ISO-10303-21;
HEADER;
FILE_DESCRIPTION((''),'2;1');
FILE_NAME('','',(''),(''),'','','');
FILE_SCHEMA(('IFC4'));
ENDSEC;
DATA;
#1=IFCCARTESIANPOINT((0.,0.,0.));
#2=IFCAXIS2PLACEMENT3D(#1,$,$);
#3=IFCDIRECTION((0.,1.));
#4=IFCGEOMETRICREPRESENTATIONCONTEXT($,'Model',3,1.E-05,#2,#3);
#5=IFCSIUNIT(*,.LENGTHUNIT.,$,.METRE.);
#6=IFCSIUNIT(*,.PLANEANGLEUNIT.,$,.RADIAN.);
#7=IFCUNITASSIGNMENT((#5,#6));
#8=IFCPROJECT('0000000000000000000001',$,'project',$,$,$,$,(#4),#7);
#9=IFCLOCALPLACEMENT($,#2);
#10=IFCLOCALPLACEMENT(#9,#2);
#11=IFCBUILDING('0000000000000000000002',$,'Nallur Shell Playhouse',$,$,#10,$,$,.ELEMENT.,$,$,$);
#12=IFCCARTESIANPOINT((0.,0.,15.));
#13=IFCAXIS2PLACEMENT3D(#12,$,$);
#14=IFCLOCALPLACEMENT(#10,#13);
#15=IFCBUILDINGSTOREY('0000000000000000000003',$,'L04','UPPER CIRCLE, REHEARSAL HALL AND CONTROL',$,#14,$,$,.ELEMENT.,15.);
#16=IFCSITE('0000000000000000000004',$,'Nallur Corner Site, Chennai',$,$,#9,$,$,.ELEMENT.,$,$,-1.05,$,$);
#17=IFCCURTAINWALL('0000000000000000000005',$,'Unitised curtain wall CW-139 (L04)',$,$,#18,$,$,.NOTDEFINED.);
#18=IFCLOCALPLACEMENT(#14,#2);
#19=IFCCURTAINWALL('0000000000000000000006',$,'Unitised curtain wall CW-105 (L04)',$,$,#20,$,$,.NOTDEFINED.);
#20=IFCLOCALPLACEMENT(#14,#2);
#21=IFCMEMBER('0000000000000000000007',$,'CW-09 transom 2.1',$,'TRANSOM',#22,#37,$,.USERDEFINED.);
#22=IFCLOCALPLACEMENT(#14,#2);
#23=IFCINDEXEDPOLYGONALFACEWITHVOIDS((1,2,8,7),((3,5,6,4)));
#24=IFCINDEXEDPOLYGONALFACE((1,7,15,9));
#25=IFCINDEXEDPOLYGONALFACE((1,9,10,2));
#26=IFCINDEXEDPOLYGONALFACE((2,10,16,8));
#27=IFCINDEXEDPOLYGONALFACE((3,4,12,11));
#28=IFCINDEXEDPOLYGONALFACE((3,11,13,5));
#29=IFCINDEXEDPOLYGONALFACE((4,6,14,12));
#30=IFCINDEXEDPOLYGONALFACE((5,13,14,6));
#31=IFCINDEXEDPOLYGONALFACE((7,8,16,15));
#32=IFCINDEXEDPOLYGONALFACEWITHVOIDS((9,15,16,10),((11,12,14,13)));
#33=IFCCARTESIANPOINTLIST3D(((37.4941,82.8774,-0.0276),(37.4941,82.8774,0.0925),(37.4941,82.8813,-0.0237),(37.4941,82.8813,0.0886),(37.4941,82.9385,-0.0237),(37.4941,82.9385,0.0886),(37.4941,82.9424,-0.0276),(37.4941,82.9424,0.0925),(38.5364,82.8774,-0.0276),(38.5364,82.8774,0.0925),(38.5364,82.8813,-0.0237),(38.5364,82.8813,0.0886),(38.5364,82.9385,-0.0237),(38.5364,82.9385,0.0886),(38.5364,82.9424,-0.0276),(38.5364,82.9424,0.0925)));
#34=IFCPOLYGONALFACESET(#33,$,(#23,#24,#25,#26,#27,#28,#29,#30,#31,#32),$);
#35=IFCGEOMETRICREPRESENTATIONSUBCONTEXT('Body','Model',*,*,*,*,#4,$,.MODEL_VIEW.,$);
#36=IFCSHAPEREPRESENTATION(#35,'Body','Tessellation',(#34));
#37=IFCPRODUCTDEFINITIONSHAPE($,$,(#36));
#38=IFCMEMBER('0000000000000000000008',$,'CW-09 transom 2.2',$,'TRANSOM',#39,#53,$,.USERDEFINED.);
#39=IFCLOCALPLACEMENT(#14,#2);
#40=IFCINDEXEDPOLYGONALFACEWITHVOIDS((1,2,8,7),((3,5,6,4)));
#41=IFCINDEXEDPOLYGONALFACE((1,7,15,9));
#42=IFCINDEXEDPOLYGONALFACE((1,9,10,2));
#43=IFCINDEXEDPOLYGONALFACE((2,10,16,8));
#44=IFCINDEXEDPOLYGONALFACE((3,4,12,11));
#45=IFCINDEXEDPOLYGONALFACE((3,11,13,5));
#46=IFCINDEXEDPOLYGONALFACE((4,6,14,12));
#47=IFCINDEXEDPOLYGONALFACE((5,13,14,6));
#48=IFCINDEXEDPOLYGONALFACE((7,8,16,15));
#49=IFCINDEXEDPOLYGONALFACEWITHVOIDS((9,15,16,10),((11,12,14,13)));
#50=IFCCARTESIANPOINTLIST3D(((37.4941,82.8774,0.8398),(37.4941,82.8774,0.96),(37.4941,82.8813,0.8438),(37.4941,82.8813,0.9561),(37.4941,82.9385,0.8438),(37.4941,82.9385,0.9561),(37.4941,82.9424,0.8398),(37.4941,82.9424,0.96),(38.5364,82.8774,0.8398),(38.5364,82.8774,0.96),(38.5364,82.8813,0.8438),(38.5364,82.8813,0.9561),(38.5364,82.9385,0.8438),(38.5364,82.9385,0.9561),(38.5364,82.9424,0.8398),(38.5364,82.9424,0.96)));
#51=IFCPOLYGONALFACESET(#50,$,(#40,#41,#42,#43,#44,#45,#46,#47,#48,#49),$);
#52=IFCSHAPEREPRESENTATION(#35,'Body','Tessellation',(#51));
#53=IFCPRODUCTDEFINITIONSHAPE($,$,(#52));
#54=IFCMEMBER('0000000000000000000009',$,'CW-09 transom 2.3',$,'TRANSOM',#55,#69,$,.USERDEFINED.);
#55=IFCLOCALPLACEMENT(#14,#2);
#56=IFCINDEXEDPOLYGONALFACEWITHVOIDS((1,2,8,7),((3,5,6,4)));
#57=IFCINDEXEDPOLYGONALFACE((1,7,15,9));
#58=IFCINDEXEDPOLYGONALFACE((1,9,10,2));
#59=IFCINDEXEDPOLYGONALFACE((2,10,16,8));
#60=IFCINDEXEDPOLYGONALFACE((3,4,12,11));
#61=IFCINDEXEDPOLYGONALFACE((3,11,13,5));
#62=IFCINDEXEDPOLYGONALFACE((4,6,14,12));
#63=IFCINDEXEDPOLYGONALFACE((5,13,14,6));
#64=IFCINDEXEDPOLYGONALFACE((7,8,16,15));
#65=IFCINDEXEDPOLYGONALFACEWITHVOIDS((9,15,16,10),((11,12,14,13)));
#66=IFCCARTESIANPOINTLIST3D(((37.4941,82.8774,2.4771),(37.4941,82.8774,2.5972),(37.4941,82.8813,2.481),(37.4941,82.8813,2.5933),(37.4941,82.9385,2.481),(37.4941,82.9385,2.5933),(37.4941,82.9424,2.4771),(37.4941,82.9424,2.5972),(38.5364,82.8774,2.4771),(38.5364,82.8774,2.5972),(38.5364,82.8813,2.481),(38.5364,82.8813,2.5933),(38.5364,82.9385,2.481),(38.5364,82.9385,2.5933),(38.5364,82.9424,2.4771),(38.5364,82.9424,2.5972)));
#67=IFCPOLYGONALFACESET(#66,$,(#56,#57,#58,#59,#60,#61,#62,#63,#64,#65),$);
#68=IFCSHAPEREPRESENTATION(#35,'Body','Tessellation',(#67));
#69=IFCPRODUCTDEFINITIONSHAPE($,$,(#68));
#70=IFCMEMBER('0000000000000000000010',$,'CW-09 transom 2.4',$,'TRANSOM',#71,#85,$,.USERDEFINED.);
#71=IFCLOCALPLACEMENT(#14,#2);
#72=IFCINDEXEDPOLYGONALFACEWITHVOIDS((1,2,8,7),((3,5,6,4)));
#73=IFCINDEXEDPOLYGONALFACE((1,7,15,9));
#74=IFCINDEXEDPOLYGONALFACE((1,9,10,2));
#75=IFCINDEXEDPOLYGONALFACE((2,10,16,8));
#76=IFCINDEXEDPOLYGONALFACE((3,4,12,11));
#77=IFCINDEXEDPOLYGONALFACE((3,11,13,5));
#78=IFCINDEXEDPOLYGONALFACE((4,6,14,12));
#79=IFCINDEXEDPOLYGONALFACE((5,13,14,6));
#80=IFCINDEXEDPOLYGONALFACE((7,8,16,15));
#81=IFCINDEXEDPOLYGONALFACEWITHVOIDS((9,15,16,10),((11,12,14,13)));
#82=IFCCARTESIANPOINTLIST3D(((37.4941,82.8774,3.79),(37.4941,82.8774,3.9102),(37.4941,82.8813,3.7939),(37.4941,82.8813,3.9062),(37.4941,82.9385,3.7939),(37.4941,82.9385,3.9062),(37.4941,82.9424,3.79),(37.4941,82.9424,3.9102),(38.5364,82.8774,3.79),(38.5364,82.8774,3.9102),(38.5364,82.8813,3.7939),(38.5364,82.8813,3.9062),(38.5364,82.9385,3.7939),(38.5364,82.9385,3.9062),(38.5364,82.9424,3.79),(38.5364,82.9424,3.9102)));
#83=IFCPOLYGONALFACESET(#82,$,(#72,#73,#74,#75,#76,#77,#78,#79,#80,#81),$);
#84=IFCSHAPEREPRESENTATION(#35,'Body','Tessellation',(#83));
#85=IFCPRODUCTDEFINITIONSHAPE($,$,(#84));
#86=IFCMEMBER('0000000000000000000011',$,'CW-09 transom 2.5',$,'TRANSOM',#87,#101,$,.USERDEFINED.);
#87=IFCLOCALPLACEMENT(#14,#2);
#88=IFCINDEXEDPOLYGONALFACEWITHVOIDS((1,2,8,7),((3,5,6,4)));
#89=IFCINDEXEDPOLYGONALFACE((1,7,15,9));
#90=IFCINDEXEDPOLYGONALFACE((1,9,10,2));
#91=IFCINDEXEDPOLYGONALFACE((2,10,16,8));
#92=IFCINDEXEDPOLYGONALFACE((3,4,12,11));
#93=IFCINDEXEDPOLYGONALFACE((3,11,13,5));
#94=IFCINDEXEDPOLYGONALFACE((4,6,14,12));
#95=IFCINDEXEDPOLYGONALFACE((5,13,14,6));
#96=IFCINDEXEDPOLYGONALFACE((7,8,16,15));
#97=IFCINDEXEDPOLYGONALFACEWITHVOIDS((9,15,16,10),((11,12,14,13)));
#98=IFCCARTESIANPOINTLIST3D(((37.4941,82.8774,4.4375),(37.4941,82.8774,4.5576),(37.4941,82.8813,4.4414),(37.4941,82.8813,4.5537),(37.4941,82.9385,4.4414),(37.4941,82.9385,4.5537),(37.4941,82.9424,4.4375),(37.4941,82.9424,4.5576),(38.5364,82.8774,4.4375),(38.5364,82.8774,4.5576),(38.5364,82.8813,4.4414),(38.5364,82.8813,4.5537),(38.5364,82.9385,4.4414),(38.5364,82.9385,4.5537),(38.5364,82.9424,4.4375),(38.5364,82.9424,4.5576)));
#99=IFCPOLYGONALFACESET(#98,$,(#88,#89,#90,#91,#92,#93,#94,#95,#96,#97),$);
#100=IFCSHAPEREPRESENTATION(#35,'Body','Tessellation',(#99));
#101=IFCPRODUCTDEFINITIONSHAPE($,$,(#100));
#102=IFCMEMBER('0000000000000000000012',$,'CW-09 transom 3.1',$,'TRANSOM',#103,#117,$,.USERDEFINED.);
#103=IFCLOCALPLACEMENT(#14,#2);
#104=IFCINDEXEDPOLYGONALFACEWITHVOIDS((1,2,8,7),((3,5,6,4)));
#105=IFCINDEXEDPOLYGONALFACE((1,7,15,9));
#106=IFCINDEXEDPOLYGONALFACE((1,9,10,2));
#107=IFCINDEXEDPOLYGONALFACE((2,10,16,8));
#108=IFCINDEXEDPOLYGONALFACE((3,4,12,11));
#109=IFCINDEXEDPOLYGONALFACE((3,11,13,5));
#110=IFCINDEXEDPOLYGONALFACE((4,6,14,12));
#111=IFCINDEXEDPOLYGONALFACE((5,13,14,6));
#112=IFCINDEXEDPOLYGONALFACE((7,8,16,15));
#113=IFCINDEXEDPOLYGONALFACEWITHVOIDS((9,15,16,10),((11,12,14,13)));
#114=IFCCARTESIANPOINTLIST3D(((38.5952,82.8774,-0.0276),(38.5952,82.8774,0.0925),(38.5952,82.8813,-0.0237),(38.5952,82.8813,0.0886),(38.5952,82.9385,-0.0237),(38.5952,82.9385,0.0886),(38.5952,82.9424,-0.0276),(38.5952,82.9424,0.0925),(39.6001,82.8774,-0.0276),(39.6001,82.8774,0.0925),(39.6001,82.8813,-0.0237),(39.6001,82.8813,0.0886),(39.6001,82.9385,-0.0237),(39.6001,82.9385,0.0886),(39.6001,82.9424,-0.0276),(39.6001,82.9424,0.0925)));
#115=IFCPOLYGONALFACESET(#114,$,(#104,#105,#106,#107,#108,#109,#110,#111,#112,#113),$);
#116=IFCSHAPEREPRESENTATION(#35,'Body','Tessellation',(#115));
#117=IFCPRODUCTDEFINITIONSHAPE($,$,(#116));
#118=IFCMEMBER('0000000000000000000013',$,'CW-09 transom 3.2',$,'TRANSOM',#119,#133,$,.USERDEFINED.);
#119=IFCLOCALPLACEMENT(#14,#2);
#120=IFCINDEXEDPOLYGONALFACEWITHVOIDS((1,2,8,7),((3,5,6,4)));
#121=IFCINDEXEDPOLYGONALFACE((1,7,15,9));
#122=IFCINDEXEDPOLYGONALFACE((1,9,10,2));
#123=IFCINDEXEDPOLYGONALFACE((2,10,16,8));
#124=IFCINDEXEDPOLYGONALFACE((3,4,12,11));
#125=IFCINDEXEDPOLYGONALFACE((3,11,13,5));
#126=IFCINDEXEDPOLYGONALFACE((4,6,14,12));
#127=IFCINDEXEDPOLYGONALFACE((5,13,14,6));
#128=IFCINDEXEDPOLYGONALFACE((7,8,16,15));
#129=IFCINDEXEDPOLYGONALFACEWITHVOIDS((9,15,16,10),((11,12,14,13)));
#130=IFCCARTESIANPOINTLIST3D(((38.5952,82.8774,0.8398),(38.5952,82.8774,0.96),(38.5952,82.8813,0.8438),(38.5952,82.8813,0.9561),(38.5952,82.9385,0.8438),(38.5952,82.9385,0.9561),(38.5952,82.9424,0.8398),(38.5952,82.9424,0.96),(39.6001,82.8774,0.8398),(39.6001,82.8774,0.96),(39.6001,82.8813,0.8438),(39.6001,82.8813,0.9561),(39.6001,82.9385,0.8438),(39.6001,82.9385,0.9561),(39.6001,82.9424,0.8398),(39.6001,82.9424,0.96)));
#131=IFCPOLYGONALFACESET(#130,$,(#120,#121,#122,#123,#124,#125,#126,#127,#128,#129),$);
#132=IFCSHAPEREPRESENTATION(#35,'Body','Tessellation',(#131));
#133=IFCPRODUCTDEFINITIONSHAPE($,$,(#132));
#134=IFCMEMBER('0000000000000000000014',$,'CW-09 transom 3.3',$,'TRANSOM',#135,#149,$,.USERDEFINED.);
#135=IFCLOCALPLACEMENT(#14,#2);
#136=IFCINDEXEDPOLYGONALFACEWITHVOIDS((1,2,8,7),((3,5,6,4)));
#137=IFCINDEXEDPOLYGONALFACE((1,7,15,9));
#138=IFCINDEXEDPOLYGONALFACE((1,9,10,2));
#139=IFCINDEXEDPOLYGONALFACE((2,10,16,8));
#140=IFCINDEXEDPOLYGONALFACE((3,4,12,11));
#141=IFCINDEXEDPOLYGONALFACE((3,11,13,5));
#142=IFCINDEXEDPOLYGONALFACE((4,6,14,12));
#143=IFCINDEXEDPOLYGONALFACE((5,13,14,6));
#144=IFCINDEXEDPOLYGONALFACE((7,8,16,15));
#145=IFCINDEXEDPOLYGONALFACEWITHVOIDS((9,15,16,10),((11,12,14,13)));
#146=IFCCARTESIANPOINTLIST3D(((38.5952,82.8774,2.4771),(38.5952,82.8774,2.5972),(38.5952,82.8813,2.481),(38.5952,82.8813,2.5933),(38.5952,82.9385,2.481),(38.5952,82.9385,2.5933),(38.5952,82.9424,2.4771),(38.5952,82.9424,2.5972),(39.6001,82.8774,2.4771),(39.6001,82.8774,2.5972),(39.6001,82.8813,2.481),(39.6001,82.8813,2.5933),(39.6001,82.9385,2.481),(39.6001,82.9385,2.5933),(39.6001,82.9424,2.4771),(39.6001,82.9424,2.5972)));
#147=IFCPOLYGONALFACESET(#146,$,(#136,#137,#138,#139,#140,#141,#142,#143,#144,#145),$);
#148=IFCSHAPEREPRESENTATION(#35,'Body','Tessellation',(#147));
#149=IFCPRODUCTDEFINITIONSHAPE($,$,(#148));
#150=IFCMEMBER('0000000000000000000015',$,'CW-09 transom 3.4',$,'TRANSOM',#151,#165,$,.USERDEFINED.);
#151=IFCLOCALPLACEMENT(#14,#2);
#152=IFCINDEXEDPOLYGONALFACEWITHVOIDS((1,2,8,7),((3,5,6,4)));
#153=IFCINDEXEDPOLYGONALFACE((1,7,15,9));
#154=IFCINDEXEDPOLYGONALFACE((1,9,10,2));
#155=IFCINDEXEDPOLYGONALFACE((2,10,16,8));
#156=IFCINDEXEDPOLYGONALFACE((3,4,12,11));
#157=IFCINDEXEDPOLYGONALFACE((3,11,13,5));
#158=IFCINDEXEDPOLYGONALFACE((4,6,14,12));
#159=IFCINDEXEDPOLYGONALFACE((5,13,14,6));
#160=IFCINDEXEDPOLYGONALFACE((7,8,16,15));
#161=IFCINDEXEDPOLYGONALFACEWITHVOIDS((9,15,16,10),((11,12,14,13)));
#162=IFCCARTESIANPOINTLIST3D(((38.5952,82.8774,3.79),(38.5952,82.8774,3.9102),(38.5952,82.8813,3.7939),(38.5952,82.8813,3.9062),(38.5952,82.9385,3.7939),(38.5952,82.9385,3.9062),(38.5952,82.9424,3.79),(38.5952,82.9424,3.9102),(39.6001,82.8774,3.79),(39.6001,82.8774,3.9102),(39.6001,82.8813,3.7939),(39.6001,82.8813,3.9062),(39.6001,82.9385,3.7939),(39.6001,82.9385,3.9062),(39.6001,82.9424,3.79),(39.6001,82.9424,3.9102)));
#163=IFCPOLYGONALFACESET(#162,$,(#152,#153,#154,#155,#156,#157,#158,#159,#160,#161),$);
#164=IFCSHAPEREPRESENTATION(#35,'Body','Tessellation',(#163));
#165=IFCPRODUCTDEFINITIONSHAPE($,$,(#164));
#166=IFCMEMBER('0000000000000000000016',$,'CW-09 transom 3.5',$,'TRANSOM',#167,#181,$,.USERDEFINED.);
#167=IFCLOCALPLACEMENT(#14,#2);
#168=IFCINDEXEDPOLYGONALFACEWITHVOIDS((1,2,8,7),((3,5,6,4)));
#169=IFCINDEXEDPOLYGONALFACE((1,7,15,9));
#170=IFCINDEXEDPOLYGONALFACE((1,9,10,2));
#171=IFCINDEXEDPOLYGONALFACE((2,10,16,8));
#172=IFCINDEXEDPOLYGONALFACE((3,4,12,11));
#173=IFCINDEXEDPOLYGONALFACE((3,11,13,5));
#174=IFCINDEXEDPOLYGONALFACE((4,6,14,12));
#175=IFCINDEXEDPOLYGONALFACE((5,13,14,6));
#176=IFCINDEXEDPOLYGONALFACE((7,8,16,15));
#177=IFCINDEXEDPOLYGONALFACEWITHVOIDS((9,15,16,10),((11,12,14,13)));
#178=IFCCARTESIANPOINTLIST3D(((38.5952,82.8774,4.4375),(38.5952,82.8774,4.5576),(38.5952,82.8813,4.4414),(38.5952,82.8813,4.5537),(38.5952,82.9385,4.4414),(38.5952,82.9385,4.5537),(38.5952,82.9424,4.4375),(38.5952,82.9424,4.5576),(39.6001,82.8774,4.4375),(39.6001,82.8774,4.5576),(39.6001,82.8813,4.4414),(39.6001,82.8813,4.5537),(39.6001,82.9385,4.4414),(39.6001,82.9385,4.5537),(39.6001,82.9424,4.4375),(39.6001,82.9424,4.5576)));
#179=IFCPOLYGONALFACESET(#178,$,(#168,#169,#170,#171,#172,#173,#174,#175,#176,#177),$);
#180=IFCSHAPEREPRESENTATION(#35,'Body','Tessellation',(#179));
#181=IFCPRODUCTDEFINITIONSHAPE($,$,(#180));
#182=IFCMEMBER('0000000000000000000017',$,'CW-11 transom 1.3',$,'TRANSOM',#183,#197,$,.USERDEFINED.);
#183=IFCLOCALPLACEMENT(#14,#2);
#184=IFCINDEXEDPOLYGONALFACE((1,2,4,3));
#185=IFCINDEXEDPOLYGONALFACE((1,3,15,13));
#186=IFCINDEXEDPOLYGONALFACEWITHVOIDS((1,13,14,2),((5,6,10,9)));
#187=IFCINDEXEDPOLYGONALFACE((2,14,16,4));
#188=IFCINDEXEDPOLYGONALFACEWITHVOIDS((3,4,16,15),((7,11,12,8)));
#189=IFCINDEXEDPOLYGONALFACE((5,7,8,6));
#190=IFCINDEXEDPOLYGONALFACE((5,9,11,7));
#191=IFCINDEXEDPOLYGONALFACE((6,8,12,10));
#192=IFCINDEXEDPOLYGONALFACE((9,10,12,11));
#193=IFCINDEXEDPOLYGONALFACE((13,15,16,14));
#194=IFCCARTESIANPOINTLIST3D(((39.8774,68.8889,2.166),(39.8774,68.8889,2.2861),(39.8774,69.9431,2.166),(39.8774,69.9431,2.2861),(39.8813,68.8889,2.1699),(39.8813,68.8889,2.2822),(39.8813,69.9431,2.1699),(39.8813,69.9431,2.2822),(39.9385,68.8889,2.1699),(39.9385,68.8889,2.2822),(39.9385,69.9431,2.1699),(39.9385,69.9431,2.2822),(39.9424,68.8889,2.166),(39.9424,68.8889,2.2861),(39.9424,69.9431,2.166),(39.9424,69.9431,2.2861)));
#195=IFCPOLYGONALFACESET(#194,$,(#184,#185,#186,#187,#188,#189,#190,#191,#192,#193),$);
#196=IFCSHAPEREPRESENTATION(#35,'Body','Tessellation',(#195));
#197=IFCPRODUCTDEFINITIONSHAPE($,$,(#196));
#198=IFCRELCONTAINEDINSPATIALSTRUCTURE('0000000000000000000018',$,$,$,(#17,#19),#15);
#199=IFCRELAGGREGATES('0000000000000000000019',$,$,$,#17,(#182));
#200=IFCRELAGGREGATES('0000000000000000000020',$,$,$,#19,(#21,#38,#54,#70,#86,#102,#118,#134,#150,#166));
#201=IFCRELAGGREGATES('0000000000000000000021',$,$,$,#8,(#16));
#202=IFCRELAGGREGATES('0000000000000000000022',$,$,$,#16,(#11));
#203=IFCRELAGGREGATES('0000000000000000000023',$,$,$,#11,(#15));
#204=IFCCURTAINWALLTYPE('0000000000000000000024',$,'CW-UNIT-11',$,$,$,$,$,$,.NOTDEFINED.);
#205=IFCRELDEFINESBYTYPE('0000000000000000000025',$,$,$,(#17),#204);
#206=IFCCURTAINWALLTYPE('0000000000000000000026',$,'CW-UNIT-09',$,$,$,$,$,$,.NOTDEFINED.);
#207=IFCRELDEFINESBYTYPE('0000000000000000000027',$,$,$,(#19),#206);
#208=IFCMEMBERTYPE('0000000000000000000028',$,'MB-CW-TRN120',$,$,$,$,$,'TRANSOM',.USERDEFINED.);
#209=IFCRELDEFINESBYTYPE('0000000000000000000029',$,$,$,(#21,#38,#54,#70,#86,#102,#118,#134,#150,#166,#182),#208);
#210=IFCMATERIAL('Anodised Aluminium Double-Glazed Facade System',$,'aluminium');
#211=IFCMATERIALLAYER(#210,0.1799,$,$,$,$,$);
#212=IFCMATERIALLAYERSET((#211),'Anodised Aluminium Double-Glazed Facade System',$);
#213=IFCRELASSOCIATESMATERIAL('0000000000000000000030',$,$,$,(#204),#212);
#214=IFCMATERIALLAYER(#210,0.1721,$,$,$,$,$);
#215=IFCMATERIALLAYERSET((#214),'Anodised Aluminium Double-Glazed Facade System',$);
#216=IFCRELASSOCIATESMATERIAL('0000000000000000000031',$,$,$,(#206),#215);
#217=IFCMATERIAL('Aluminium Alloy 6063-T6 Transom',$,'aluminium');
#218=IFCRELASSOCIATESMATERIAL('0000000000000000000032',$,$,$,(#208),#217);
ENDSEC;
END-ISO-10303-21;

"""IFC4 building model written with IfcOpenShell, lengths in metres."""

from ifc_helpers import new_model, si_unit, direction, frame, origin, origin_2d, place, context, subcontext, project, spatial, hollow_rectangle, extrude, material, layer, layer_set, material_profile, profile_set, type_object, element, aggregate, save


model = new_model("IFC4")

# Units and contexts
model_context = context("Model", 3, precision=1e-05, world=origin(), true_north=direction((0.0, 1.0)))
body_context = subcontext(model_context, "Body", "Model", "MODEL_VIEW")
ifc_project = project(units=[si_unit("LENGTHUNIT", "METRE"), si_unit("PLANEANGLEUNIT", "RADIAN")], contexts=[model_context])

# Site, building, storey
site_placement = place(None, origin())
site = spatial("IfcSite", under=ifc_project, at=site_placement, Name="Nallur Corner Site, Chennai", CompositionType="ELEMENT", RefElevation=-1.05)
building_placement = place(site_placement, origin())
building = spatial("IfcBuilding", under=site, at=building_placement, Name="Nallur Shell Playhouse", CompositionType="ELEMENT")
storey_placement = place(building_placement, frame((0.0, 0.0, 15.0)))
storey = spatial("IfcBuildingStorey", under=building, at=storey_placement, Name="L04", Description="UPPER CIRCLE, REHEARSAL HALL AND CONTROL", CompositionType="ELEMENT", Elevation=15.0)

# Curtain wall
ifc_material_1 = material(Name="Anodised Aluminium Double-Glazed Facade System", Category="aluminium")
ifc_layer_1 = layer(ifc_material_1, 0.1799)
ifc_layer_set_1 = layer_set([ifc_layer_1], Name="Anodised Aluminium Double-Glazed Facade System")
curtain_wall_type_1 = type_object("IfcCurtainWallType", Name="CW-UNIT-11", PredefinedType="NOTDEFINED", material=ifc_layer_set_1)
curtain_wall_1_placement = place(storey_placement, origin())
curtain_wall_1 = element("IfcCurtainWall", 1, at=curtain_wall_1_placement, inside=storey, type_object=curtain_wall_type_1, Name="Unitised curtain wall CW-139 (L04)", PredefinedType="NOTDEFINED")

# Curtain wall, members
ifc_layer_2 = layer(ifc_material_1, 0.1721)
ifc_layer_set_2 = layer_set([ifc_layer_2], Name="Anodised Aluminium Double-Glazed Facade System")
curtain_wall_type_2 = type_object("IfcCurtainWallType", Name="CW-UNIT-09", PredefinedType="NOTDEFINED", material=ifc_layer_set_2)
curtain_wall_2_placement = place(storey_placement, origin())
curtain_wall_2 = element("IfcCurtainWall", 2, at=curtain_wall_2_placement, inside=storey, type_object=curtain_wall_type_2, Name="Unitised curtain wall CW-105 (L04)", PredefinedType="NOTDEFINED")
ifc_material_2 = material(Name="Aluminium Alloy 6063-T6 Transom", Category="aluminium")
ifc_material_profile_1 = material_profile(ifc_material_2, hollow_rectangle(XDim=0.0649, YDim=0.1201, WallThickness=0.0039, at=origin_2d()), Name="ALU 65x120x4")
ifc_profile_set_1 = profile_set([ifc_material_profile_1], Name="Aluminium Alloy 6063-T6 Transom")
member_type_1 = type_object("IfcMemberType", Name="MB-CW-TRN120", ElementType="TRANSOM", PredefinedType="USERDEFINED", material=ifc_profile_set_1)
member_1_placement = place(storey_placement, frame((37.4941, 82.9099, 0.0325), z_axis=(1.0, 0.0, 0.0), x_axis=(0.0, 1.0, 0.0)))
member_1 = element("IfcMember", 3, at=member_1_placement, type_object=member_type_1, Name="CW-09 transom 2.1", ObjectType="TRANSOM", PredefinedType="USERDEFINED", context=body_context, shape_type="SweptSolid", body=[
    extrude(hollow_rectangle(XDim=0.0649, YDim=0.1201, WallThickness=0.0039, at=origin_2d()), origin(), (0.0, 0.0, 1.0), 1.0422),
])
member_2_placement = place(storey_placement, frame((37.4941, 82.9099, 0.8999), z_axis=(1.0, 0.0, 0.0), x_axis=(0.0, 1.0, 0.0)))
member_2 = element("IfcMember", 4, at=member_2_placement, type_object=member_type_1, Name="CW-09 transom 2.2", ObjectType="TRANSOM", PredefinedType="USERDEFINED", context=body_context, shape_type="SweptSolid", body=[
    extrude(hollow_rectangle(XDim=0.0649, YDim=0.1201, WallThickness=0.0039, at=origin_2d()), origin(), (0.0, 0.0, 1.0), 1.0422),
])
member_3_placement = place(storey_placement, frame((37.4941, 82.9099, 2.5371), z_axis=(1.0, 0.0, 0.0), x_axis=(0.0, 1.0, 0.0)))
member_3 = element("IfcMember", 5, at=member_3_placement, type_object=member_type_1, Name="CW-09 transom 2.3", ObjectType="TRANSOM", PredefinedType="USERDEFINED", context=body_context, shape_type="SweptSolid", body=[
    extrude(hollow_rectangle(XDim=0.0649, YDim=0.1201, WallThickness=0.0039, at=origin_2d()), origin(), (0.0, 0.0, 1.0), 1.0422),
])
member_4_placement = place(storey_placement, frame((37.4941, 82.9099, 3.8501), z_axis=(1.0, 0.0, 0.0), x_axis=(0.0, 1.0, 0.0)))
member_4 = element("IfcMember", 6, at=member_4_placement, type_object=member_type_1, Name="CW-09 transom 2.4", ObjectType="TRANSOM", PredefinedType="USERDEFINED", context=body_context, shape_type="SweptSolid", body=[
    extrude(hollow_rectangle(XDim=0.0649, YDim=0.1201, WallThickness=0.0039, at=origin_2d()), origin(), (0.0, 0.0, 1.0), 1.0422),
])
member_5_placement = place(storey_placement, frame((37.4941, 82.9099, 4.4976), z_axis=(1.0, 0.0, 0.0), x_axis=(0.0, 1.0, 0.0)))
member_5 = element("IfcMember", 7, at=member_5_placement, type_object=member_type_1, Name="CW-09 transom 2.5", ObjectType="TRANSOM", PredefinedType="USERDEFINED", context=body_context, shape_type="SweptSolid", body=[
    extrude(hollow_rectangle(XDim=0.0649, YDim=0.1201, WallThickness=0.0039, at=origin_2d()), origin(), (0.0, 0.0, 1.0), 1.0422),
])
member_6_placement = place(storey_placement, frame((38.5952, 82.9099, 0.0325), z_axis=(1.0, 0.0, 0.0), x_axis=(0.0, 1.0, 0.0)))
member_6 = element("IfcMember", 8, at=member_6_placement, type_object=member_type_1, Name="CW-09 transom 3.1", ObjectType="TRANSOM", PredefinedType="USERDEFINED", context=body_context, shape_type="SweptSolid", body=[
    extrude(hollow_rectangle(XDim=0.0649, YDim=0.1201, WallThickness=0.0039, at=origin_2d()), origin(), (0.0, 0.0, 1.0), 1.0049),
])
member_7_placement = place(storey_placement, frame((38.5952, 82.9099, 0.8999), z_axis=(1.0, 0.0, 0.0), x_axis=(0.0, 1.0, 0.0)))
member_7 = element("IfcMember", 9, at=member_7_placement, type_object=member_type_1, Name="CW-09 transom 3.2", ObjectType="TRANSOM", PredefinedType="USERDEFINED", context=body_context, shape_type="SweptSolid", body=[
    extrude(hollow_rectangle(XDim=0.0649, YDim=0.1201, WallThickness=0.0039, at=origin_2d()), origin(), (0.0, 0.0, 1.0), 1.0049),
])
member_8_placement = place(storey_placement, frame((38.5952, 82.9099, 2.5371), z_axis=(1.0, 0.0, 0.0), x_axis=(0.0, 1.0, 0.0)))
member_8 = element("IfcMember", 10, at=member_8_placement, type_object=member_type_1, Name="CW-09 transom 3.3", ObjectType="TRANSOM", PredefinedType="USERDEFINED", context=body_context, shape_type="SweptSolid", body=[
    extrude(hollow_rectangle(XDim=0.0649, YDim=0.1201, WallThickness=0.0039, at=origin_2d()), origin(), (0.0, 0.0, 1.0), 1.0049),
])
member_9_placement = place(storey_placement, frame((38.5952, 82.9099, 3.8501), z_axis=(1.0, 0.0, 0.0), x_axis=(0.0, 1.0, 0.0)))
member_9 = element("IfcMember", 11, at=member_9_placement, type_object=member_type_1, Name="CW-09 transom 3.4", ObjectType="TRANSOM", PredefinedType="USERDEFINED", context=body_context, shape_type="SweptSolid", body=[
    extrude(hollow_rectangle(XDim=0.0649, YDim=0.1201, WallThickness=0.0039, at=origin_2d()), origin(), (0.0, 0.0, 1.0), 1.0049),
])
member_10_placement = place(storey_placement, frame((38.5952, 82.9099, 4.4976), z_axis=(1.0, 0.0, 0.0), x_axis=(0.0, 1.0, 0.0)))
member_10 = element("IfcMember", 12, at=member_10_placement, type_object=member_type_1, Name="CW-09 transom 3.5", ObjectType="TRANSOM", PredefinedType="USERDEFINED", context=body_context, shape_type="SweptSolid", body=[
    extrude(hollow_rectangle(XDim=0.0649, YDim=0.1201, WallThickness=0.0039, at=origin_2d()), origin(), (0.0, 0.0, 1.0), 1.0049),
])

# Member
member_11_placement = place(storey_placement, frame((39.9099, 69.9431, 2.2261), z_axis=(0.0, -1.0, 0.0), x_axis=(1.0, 0.0, 0.0)))
member_11 = element("IfcMember", 13, at=member_11_placement, type_object=member_type_1, Name="CW-11 transom 1.3", ObjectType="TRANSOM", PredefinedType="USERDEFINED", context=body_context, shape_type="SweptSolid", body=[
    extrude(hollow_rectangle(XDim=0.0649, YDim=0.1201, WallThickness=0.0039, at=origin_2d()), origin(), (0.0, 0.0, 1.0), 1.0542),
])
aggregate(curtain_wall_1, [member_11])

aggregate(curtain_wall_2, [member_1, member_2, member_3, member_4, member_5, member_6, member_7, member_8, member_9, member_10])

save(model, "model.ifc")
